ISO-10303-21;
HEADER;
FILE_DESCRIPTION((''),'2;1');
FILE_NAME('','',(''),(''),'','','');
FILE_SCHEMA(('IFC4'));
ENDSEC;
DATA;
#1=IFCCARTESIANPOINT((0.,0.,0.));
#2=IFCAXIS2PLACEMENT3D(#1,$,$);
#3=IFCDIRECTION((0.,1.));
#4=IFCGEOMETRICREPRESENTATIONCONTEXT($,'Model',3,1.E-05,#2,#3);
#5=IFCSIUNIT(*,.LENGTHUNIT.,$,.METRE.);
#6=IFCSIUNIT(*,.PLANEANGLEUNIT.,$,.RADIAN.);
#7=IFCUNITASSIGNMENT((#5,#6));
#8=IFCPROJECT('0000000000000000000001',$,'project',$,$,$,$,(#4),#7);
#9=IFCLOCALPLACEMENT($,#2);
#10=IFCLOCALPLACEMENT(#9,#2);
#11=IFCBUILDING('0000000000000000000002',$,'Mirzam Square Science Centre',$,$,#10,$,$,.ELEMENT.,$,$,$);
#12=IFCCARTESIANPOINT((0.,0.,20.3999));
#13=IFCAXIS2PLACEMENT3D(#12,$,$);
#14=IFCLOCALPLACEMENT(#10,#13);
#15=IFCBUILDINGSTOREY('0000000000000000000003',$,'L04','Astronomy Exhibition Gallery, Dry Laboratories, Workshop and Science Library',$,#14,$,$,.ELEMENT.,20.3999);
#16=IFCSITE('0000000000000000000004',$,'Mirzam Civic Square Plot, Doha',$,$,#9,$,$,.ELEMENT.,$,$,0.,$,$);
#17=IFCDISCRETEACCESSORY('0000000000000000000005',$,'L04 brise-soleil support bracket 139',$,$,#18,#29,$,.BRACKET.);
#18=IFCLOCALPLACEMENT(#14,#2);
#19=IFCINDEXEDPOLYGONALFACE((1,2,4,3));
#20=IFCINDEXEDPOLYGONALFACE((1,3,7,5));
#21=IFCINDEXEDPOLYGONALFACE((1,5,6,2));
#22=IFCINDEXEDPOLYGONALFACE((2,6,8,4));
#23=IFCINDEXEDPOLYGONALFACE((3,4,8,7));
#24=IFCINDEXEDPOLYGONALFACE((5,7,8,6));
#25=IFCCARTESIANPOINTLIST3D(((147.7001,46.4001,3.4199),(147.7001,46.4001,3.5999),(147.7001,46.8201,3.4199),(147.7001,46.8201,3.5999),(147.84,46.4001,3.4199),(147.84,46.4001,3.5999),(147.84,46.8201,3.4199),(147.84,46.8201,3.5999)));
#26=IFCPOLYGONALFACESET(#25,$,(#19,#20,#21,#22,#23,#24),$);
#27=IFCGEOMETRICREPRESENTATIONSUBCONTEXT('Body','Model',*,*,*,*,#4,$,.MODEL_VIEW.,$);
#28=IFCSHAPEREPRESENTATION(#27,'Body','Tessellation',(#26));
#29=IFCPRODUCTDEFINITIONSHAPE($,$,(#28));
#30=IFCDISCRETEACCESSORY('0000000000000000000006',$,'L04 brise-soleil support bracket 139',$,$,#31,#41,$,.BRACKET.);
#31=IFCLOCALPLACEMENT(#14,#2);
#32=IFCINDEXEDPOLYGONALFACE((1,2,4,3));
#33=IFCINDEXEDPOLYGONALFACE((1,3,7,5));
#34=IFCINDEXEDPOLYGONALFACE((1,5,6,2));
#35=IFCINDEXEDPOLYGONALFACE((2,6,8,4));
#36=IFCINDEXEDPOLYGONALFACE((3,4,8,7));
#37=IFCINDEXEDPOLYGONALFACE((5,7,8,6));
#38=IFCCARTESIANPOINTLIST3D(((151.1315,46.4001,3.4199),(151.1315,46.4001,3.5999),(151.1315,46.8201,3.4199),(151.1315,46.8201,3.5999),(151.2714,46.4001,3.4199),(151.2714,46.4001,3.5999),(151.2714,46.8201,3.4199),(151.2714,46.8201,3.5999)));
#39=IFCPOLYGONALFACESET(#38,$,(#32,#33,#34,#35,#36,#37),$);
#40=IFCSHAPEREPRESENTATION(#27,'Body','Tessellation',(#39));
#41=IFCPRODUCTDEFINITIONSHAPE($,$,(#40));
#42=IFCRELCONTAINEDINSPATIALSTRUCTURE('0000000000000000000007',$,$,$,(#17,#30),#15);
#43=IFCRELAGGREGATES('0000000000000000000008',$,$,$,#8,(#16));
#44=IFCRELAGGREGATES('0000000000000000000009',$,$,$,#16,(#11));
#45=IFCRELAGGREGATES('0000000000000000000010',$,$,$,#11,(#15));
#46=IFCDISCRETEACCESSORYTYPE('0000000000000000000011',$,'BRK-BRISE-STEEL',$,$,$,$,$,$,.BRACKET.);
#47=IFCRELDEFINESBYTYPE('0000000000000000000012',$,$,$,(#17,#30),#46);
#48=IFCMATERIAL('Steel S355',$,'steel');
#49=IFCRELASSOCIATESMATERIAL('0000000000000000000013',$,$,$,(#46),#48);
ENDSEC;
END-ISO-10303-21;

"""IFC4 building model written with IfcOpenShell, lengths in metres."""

from ifc_helpers import new_model, si_unit, direction, frame, origin, origin_2d, place, context, subcontext, project, spatial, rectangle, extrude, material, type_object, element, save


model = new_model("IFC4")

# Units and contexts
model_context = context("Model", 3, precision=1e-05, world=origin(), true_north=direction((0.0, 1.0)))
body_context = subcontext(model_context, "Body", "Model", "MODEL_VIEW")
ifc_project = project(units=[si_unit("LENGTHUNIT", "METRE"), si_unit("PLANEANGLEUNIT", "RADIAN")], contexts=[model_context])

# Site, building, storey
site_placement = place(None, origin())
site = spatial("IfcSite", under=ifc_project, at=site_placement, Name="Mirzam Civic Square Plot, Doha", CompositionType="ELEMENT", RefElevation=0.0)
building_placement = place(site_placement, origin())
building = spatial("IfcBuilding", under=site, at=building_placement, Name="Mirzam Square Science Centre", CompositionType="ELEMENT")
storey_placement = place(building_placement, frame((0.0, 0.0, 20.3999)))
storey = spatial("IfcBuildingStorey", under=building, at=storey_placement, Name="L04", Description="Astronomy Exhibition Gallery, Dry Laboratories, Workshop and Science Library", CompositionType="ELEMENT", Elevation=20.3999)

# Shared definitions
ifc_material_1 = material(Name="Steel S355", Category="steel")

# Discrete accessories
discrete_accessory_type = type_object("IfcDiscreteAccessoryType", Name="BRK-BRISE-STEEL", PredefinedType="BRACKET", material=ifc_material_1)
for number, where, z_axis, x_axis, name in (
    (1, (147.77, 46.6101, 3.4199), (0.0, 0.0, 1.0), (1.0, 0.0, 0.0), "L04 brise-soleil support bracket 139"),
    (2, (151.2014, 46.6101, 3.4199), (0.0, 0.0, 1.0), (1.0, 0.0, 0.0), "L04 brise-soleil support bracket 139"),
):
    element("IfcDiscreteAccessory", number, at=place(storey_placement, frame(where, z_axis=z_axis, x_axis=x_axis)), inside=storey, type_object=discrete_accessory_type, Name=name, PredefinedType="BRACKET", context=body_context, shape_type="SweptSolid", body=[
        extrude(rectangle(XDim=0.1399, YDim=0.4199, at=origin_2d()), origin(), (0.0, 0.0, 1.0), 0.1799),
    ])

save(model, "model.ifc")
